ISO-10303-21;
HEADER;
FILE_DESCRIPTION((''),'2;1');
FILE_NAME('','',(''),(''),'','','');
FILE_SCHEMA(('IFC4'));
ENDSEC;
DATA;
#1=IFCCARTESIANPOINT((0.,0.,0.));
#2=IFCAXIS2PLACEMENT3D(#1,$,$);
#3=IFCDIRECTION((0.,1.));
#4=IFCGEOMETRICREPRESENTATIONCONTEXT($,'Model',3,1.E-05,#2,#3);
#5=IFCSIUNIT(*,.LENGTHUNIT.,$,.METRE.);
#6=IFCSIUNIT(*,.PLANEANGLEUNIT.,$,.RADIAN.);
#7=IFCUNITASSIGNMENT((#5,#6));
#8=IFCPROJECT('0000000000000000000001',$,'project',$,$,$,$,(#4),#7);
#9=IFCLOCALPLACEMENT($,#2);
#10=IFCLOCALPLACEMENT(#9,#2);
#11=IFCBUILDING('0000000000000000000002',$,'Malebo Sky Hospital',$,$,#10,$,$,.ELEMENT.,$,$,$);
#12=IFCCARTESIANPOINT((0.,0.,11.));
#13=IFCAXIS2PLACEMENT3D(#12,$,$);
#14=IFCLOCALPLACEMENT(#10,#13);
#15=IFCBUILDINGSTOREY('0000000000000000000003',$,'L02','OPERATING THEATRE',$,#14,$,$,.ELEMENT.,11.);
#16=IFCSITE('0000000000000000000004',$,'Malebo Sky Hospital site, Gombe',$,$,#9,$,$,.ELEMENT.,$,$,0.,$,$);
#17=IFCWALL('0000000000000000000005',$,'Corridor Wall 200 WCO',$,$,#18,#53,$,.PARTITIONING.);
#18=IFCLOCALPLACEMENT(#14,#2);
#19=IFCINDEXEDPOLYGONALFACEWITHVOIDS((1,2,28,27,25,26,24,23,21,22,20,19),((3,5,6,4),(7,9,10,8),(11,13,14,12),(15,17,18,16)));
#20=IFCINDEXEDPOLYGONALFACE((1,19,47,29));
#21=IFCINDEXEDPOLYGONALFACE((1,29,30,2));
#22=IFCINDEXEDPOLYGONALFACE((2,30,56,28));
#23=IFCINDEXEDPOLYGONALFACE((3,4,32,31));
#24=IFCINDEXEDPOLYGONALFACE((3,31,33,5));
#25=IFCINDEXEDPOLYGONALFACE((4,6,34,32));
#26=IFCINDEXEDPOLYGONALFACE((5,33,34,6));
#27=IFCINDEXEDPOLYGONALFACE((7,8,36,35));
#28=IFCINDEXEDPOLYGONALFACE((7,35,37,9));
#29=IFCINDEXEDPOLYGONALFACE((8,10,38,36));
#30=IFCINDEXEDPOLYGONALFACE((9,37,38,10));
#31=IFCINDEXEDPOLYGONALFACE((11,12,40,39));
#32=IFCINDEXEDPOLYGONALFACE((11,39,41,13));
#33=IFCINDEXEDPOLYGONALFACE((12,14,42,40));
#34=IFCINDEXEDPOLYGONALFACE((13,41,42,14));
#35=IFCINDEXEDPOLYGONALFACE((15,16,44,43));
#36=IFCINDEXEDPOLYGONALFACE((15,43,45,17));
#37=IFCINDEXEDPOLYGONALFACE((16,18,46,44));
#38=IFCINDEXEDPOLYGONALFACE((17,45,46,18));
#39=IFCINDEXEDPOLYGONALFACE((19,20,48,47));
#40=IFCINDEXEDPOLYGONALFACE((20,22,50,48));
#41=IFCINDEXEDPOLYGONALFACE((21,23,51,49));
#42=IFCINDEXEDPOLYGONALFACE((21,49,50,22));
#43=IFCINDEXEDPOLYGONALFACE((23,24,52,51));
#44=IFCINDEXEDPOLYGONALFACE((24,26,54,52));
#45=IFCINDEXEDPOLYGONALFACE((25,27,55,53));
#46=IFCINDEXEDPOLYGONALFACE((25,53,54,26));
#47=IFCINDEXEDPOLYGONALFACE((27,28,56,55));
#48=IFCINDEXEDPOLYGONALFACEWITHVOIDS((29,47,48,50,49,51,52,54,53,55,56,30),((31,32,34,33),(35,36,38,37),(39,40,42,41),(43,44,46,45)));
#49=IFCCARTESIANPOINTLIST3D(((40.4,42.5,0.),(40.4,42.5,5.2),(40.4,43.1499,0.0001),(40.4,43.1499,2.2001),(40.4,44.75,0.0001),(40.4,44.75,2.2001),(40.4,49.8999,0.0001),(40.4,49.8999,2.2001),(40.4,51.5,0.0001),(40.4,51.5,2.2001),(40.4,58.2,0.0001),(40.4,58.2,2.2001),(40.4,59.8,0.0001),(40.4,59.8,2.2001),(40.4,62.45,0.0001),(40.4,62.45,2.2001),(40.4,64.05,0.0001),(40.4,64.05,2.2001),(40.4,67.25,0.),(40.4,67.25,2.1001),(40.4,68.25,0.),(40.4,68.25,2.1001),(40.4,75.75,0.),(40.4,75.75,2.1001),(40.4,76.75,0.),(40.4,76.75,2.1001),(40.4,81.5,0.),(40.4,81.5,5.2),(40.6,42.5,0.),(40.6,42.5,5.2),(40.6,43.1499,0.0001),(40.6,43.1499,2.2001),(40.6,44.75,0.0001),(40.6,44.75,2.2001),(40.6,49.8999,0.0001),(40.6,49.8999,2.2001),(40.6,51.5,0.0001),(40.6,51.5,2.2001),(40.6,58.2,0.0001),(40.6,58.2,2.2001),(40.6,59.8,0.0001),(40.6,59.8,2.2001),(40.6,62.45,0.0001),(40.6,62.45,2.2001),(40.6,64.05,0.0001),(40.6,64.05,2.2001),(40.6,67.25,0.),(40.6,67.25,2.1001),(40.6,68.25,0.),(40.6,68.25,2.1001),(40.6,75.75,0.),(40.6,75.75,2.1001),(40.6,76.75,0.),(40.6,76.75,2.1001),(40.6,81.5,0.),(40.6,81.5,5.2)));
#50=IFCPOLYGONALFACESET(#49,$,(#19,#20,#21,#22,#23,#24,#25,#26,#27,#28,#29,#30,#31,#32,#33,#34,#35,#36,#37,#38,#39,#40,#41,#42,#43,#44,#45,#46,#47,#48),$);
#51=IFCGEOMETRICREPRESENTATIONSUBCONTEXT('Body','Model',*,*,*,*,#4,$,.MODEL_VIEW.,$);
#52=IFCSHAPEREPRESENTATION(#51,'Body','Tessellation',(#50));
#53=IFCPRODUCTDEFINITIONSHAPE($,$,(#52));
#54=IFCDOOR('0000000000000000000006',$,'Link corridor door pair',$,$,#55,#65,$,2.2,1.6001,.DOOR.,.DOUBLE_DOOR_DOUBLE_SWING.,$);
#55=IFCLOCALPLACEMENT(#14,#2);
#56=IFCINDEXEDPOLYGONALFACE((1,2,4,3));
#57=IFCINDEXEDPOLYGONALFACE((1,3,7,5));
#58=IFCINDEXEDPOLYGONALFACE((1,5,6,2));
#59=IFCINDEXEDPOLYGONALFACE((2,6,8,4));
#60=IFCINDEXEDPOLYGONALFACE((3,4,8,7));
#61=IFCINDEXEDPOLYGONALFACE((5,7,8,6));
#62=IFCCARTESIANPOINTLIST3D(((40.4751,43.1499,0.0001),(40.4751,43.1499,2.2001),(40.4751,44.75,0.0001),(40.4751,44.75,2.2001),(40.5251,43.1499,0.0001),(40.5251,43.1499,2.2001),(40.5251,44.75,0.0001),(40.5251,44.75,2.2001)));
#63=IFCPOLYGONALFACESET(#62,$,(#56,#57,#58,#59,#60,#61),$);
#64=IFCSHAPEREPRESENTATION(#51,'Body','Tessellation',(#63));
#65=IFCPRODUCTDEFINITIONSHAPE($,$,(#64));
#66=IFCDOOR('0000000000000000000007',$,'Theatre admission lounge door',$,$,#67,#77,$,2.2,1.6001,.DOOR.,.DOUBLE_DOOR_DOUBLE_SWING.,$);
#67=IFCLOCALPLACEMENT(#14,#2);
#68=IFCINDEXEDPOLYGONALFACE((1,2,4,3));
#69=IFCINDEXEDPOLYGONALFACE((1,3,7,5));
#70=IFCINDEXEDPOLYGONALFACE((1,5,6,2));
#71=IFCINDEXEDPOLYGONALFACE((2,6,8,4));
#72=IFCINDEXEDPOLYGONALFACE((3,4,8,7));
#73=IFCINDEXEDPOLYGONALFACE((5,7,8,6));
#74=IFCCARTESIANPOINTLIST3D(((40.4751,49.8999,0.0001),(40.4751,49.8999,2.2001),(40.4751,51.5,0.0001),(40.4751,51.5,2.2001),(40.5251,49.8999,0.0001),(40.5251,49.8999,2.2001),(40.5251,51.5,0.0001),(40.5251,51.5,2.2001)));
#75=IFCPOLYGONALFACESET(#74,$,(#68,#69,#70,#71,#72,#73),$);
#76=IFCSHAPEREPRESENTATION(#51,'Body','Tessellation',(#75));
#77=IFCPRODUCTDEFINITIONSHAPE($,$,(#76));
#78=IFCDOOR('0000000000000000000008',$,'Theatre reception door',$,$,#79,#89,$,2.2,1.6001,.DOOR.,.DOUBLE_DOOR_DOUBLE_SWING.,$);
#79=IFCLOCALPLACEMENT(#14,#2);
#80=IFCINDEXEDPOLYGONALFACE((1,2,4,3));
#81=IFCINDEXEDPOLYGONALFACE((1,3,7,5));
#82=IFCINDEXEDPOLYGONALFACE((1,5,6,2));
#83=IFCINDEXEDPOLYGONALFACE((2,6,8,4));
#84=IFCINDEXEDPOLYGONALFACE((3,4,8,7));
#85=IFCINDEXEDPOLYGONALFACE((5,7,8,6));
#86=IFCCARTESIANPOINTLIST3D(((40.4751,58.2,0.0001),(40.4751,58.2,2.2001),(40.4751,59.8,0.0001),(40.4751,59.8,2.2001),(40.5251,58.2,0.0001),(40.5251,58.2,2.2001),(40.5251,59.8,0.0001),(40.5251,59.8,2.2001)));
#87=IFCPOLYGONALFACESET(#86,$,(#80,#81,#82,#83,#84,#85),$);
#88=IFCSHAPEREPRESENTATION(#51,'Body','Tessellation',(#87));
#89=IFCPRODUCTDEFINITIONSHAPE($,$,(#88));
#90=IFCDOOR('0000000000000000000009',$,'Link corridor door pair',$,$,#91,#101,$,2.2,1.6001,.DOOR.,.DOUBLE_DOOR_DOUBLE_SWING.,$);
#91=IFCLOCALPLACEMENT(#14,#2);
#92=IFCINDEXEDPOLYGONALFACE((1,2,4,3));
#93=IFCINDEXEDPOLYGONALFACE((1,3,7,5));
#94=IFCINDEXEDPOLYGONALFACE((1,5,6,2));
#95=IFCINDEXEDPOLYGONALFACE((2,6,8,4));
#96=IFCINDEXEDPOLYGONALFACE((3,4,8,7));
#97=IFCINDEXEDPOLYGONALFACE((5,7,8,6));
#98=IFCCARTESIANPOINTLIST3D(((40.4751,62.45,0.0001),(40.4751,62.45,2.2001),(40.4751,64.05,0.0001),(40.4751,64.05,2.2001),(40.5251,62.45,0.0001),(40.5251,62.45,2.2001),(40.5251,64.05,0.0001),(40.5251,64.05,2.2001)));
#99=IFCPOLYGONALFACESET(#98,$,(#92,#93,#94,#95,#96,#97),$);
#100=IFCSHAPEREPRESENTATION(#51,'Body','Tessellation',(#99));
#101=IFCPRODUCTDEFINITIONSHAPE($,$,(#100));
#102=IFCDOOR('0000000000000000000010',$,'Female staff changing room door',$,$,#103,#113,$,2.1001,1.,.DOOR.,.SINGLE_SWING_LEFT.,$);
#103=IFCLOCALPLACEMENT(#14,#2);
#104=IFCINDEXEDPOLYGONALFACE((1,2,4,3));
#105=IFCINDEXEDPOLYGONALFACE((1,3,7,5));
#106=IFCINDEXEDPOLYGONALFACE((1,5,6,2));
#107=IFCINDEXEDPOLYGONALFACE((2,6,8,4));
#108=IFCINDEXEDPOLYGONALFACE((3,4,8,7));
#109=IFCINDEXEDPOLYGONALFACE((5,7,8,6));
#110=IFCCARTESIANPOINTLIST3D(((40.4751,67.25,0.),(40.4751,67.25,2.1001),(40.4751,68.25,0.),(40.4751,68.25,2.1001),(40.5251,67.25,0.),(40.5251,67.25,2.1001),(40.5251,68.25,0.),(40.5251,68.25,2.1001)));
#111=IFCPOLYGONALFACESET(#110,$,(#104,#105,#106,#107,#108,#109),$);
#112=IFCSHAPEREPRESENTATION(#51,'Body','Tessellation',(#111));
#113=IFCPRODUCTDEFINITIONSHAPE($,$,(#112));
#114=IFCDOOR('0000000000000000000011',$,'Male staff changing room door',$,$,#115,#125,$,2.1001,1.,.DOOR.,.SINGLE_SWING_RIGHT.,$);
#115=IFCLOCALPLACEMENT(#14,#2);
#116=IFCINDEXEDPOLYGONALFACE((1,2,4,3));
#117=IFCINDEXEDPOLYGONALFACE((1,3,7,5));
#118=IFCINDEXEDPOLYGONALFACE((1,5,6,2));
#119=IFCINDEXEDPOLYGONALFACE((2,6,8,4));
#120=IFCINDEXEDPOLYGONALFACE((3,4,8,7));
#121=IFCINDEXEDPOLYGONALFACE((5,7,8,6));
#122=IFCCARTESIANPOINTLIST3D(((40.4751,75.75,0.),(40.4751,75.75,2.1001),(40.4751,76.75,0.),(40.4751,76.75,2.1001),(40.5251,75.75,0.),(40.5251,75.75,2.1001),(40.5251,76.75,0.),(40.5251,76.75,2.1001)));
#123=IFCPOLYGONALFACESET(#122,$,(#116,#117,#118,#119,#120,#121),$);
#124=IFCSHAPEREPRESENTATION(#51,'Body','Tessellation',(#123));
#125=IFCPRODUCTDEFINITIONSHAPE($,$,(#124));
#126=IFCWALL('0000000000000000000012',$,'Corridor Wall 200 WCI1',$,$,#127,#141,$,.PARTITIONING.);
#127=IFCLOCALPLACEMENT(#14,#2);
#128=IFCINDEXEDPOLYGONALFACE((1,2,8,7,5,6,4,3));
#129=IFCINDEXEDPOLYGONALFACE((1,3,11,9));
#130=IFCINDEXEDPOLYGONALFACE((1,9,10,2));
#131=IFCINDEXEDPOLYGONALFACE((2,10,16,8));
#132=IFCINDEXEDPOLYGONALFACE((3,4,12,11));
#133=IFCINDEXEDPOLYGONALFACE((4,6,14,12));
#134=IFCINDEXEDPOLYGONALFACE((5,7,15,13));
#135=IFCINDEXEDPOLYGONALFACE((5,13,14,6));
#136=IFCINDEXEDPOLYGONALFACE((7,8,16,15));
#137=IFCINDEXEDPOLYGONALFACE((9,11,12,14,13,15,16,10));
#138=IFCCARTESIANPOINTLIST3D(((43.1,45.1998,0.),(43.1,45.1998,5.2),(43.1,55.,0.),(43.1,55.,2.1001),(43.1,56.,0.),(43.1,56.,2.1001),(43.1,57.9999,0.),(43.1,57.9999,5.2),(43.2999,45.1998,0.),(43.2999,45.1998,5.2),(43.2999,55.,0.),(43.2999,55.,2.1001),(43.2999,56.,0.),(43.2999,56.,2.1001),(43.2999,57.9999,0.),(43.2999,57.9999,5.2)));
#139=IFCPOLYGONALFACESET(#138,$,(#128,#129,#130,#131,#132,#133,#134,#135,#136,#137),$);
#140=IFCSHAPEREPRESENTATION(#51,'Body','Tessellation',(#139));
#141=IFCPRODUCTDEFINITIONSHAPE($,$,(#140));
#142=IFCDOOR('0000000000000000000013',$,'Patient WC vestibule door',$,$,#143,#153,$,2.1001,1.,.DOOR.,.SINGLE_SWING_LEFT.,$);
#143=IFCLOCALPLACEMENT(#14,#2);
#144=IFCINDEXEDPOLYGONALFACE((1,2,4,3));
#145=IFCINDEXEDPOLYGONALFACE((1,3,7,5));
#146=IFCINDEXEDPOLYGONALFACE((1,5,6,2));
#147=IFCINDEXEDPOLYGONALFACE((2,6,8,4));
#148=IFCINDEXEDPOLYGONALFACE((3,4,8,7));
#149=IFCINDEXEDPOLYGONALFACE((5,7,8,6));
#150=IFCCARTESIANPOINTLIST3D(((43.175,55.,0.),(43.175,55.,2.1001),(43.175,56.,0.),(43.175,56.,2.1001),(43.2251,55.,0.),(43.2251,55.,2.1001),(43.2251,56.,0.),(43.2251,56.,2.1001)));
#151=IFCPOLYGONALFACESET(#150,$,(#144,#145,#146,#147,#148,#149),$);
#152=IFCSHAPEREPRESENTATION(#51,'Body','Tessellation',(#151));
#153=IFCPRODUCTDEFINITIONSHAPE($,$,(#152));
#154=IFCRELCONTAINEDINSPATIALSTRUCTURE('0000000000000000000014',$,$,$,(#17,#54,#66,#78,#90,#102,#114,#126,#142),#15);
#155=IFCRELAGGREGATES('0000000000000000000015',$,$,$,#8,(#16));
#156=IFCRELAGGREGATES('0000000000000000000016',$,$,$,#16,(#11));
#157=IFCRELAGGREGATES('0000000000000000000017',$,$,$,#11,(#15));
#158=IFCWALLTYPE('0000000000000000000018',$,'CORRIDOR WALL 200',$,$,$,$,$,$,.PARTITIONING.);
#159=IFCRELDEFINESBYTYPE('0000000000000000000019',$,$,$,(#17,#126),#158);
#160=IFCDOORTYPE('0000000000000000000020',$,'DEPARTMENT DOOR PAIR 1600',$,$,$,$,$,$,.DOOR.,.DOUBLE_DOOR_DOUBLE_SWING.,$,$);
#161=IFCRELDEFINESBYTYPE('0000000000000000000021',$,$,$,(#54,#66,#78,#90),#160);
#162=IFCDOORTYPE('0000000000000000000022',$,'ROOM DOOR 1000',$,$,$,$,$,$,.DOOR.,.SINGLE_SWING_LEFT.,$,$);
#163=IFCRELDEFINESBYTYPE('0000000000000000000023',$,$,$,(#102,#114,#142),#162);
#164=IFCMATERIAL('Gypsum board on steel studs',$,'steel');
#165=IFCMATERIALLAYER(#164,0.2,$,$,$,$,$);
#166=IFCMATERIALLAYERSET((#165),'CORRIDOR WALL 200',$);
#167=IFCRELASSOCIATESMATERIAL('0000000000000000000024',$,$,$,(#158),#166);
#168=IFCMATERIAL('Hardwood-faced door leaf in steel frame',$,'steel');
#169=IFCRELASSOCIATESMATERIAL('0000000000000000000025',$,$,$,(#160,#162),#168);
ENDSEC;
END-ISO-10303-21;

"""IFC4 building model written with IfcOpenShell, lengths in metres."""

from ifc_helpers import new_model, si_unit, direction, frame, frame_2d, origin, place, context, subcontext, project, spatial, rectangle, extrude, material, layer, layer_set, type_object, element, fill, save


model = new_model("IFC4")

# Units and contexts
model_context = context("Model", 3, precision=1e-05, world=origin(), true_north=direction((0.0, 1.0)))
body_context = subcontext(model_context, "Body", "Model", "MODEL_VIEW")
ifc_project = project(units=[si_unit("LENGTHUNIT", "METRE"), si_unit("PLANEANGLEUNIT", "RADIAN")], contexts=[model_context])

# Site, building, storey
site_placement = place(None, origin())
site = spatial("IfcSite", under=ifc_project, at=site_placement, Name="Malebo Sky Hospital site, Gombe", CompositionType="ELEMENT", RefElevation=0.0)
building_placement = place(site_placement, origin())
building = spatial("IfcBuilding", under=site, at=building_placement, Name="Malebo Sky Hospital", CompositionType="ELEMENT")
storey_placement = place(building_placement, frame((0.0, 0.0, 11.0)))
storey = spatial("IfcBuildingStorey", under=building, at=storey_placement, Name="L02", Description="OPERATING THEATRE", CompositionType="ELEMENT", Elevation=11.0)

# Wall, openings, doors
ifc_material_1 = material(Name="Gypsum board on steel studs", Category="steel")
ifc_layer_1 = layer(ifc_material_1, 0.2)
ifc_layer_set_1 = layer_set([ifc_layer_1], Name="CORRIDOR WALL 200")
wall_type_1 = type_object("IfcWallType", Name="CORRIDOR WALL 200", PredefinedType="PARTITIONING", material=ifc_layer_set_1)
wall_1_placement = place(storey_placement, frame((40.5, 42.5, 0.0), z_axis=(0.0, 0.0, 1.0), x_axis=(0.0, 1.0, 0.0)))
wall_1 = element("IfcWall", 1, at=wall_1_placement, inside=storey, type_object=wall_type_1, Name="Corridor Wall 200 WCO", PredefinedType="PARTITIONING", context=body_context, shape_type="SweptSolid", body=[
    extrude(rectangle(XDim=39.0, YDim=0.2, at=frame_2d((19.5, 0.0))), origin(), (0.0, 0.0, 1.0), 5.2),
])
opening_1_placement = place(wall_1_placement, frame((0.6499, 0.0, 0.0)))
opening_1 = element("IfcOpeningElement", 2, at=opening_1_placement, cuts=wall_1, PredefinedType="OPENING", context=body_context, shape_type="SweptSolid", body=[
    extrude(rectangle(XDim=1.6001, YDim=2.2, at=frame_2d((0.8, 1.1001))), frame((0.0, 0.1099, 0.0), z_axis=(0.0, -1.0, 0.0), x_axis=(1.0, 0.0, 0.0)), (0.0, 0.0, 1.0), 0.22),
])
opening_2_placement = place(wall_1_placement, frame((7.3999, 0.0, 0.0)))
opening_2 = element("IfcOpeningElement", 3, at=opening_2_placement, cuts=wall_1, PredefinedType="OPENING", context=body_context, shape_type="SweptSolid", body=[
    extrude(rectangle(XDim=1.6001, YDim=2.2, at=frame_2d((0.8, 1.1001))), frame((0.0, 0.1099, 0.0), z_axis=(0.0, -1.0, 0.0), x_axis=(1.0, 0.0, 0.0)), (0.0, 0.0, 1.0), 0.22),
])
opening_3_placement = place(wall_1_placement, frame((15.7, 0.0, 0.0)))
opening_3 = element("IfcOpeningElement", 4, at=opening_3_placement, cuts=wall_1, PredefinedType="OPENING", context=body_context, shape_type="SweptSolid", body=[
    extrude(rectangle(XDim=1.6001, YDim=2.2, at=frame_2d((0.8, 1.1001))), frame((0.0, 0.1099, 0.0), z_axis=(0.0, -1.0, 0.0), x_axis=(1.0, 0.0, 0.0)), (0.0, 0.0, 1.0), 0.22),
])
opening_4_placement = place(wall_1_placement, frame((19.95, 0.0, 0.0)))
opening_4 = element("IfcOpeningElement", 5, at=opening_4_placement, cuts=wall_1, PredefinedType="OPENING", context=body_context, shape_type="SweptSolid", body=[
    extrude(rectangle(XDim=1.6001, YDim=2.2, at=frame_2d((0.8, 1.1001))), frame((0.0, 0.1099, 0.0), z_axis=(0.0, -1.0, 0.0), x_axis=(1.0, 0.0, 0.0)), (0.0, 0.0, 1.0), 0.22),
])
opening_5_placement = place(wall_1_placement, frame((24.75, 0.0, 0.0)))
opening_5 = element("IfcOpeningElement", 6, at=opening_5_placement, cuts=wall_1, PredefinedType="OPENING", context=body_context, shape_type="SweptSolid", body=[
    extrude(rectangle(XDim=1.0, YDim=2.1001, at=frame_2d((0.5, 1.05))), frame((0.0, 0.1099, 0.0), z_axis=(0.0, -1.0, 0.0), x_axis=(1.0, 0.0, 0.0)), (0.0, 0.0, 1.0), 0.22),
])
opening_6_placement = place(wall_1_placement, frame((33.25, 0.0, 0.0)))
opening_6 = element("IfcOpeningElement", 7, at=opening_6_placement, cuts=wall_1, PredefinedType="OPENING", context=body_context, shape_type="SweptSolid", body=[
    extrude(rectangle(XDim=1.0, YDim=2.1001, at=frame_2d((0.5, 1.05))), frame((0.0, 0.1099, 0.0), z_axis=(0.0, -1.0, 0.0), x_axis=(1.0, 0.0, 0.0)), (0.0, 0.0, 1.0), 0.22),
])
ifc_material_2 = material(Name="Hardwood-faced door leaf in steel frame", Category="steel")
door_type_1 = type_object("IfcDoorType", Name="DEPARTMENT DOOR PAIR 1600", OperationType="DOUBLE_DOOR_DOUBLE_SWING", PredefinedType="DOOR", material=ifc_material_2)
door_1_placement = place(opening_1_placement, origin())
door_1 = element("IfcDoor", 8, at=door_1_placement, inside=storey, type_object=door_type_1, Name="Link corridor door pair", OperationType="DOUBLE_DOOR_DOUBLE_SWING", OverallHeight=2.2, OverallWidth=1.6001, PredefinedType="DOOR", context=body_context, shape_type="SweptSolid", body=[
    extrude(rectangle(XDim=1.6001, YDim=2.2, at=frame_2d((0.8, 1.1001))), frame((0.0, 0.0249, 0.0), z_axis=(0.0, -1.0, 0.0), x_axis=(1.0, 0.0, 0.0)), (0.0, 0.0, 1.0), 0.05),
])
fill(opening_1, door_1)
door_2_placement = place(opening_2_placement, origin())
door_2 = element("IfcDoor", 9, at=door_2_placement, inside=storey, type_object=door_type_1, Name="Theatre admission lounge door", OperationType="DOUBLE_DOOR_DOUBLE_SWING", OverallHeight=2.2, OverallWidth=1.6001, PredefinedType="DOOR", context=body_context, shape_type="SweptSolid", body=[
    extrude(rectangle(XDim=1.6001, YDim=2.2, at=frame_2d((0.8, 1.1001))), frame((0.0, 0.0249, 0.0), z_axis=(0.0, -1.0, 0.0), x_axis=(1.0, 0.0, 0.0)), (0.0, 0.0, 1.0), 0.05),
])
fill(opening_2, door_2)
door_3_placement = place(opening_3_placement, origin())
door_3 = element("IfcDoor", 10, at=door_3_placement, inside=storey, type_object=door_type_1, Name="Theatre reception door", OperationType="DOUBLE_DOOR_DOUBLE_SWING", OverallHeight=2.2, OverallWidth=1.6001, PredefinedType="DOOR", context=body_context, shape_type="SweptSolid", body=[
    extrude(rectangle(XDim=1.6001, YDim=2.2, at=frame_2d((0.8, 1.1001))), frame((0.0, 0.0249, 0.0), z_axis=(0.0, -1.0, 0.0), x_axis=(1.0, 0.0, 0.0)), (0.0, 0.0, 1.0), 0.05),
])
fill(opening_3, door_3)
door_4_placement = place(opening_4_placement, origin())
door_4 = element("IfcDoor", 11, at=door_4_placement, inside=storey, type_object=door_type_1, Name="Link corridor door pair", OperationType="DOUBLE_DOOR_DOUBLE_SWING", OverallHeight=2.2, OverallWidth=1.6001, PredefinedType="DOOR", context=body_context, shape_type="SweptSolid", body=[
    extrude(rectangle(XDim=1.6001, YDim=2.2, at=frame_2d((0.8, 1.1001))), frame((0.0, 0.0249, 0.0), z_axis=(0.0, -1.0, 0.0), x_axis=(1.0, 0.0, 0.0)), (0.0, 0.0, 1.0), 0.05),
])
fill(opening_4, door_4)
door_type_2 = type_object("IfcDoorType", Name="ROOM DOOR 1000", OperationType="SINGLE_SWING_LEFT", PredefinedType="DOOR", material=ifc_material_2)
door_5_placement = place(opening_5_placement, origin())
door_5 = element("IfcDoor", 12, at=door_5_placement, inside=storey, type_object=door_type_2, Name="Female staff changing room door", OperationType="SINGLE_SWING_LEFT", OverallHeight=2.1001, OverallWidth=1.0, PredefinedType="DOOR", context=body_context, shape_type="SweptSolid", body=[
    extrude(rectangle(XDim=1.0, YDim=2.1001, at=frame_2d((0.5, 1.05))), frame((0.0, 0.0249, 0.0), z_axis=(0.0, -1.0, 0.0), x_axis=(1.0, 0.0, 0.0)), (0.0, 0.0, 1.0), 0.05),
])
fill(opening_5, door_5)
door_6_placement = place(opening_6_placement, origin())
door_6 = element("IfcDoor", 13, at=door_6_placement, inside=storey, type_object=door_type_2, Name="Male staff changing room door", OperationType="SINGLE_SWING_RIGHT", OverallHeight=2.1001, OverallWidth=1.0, PredefinedType="DOOR", context=body_context, shape_type="SweptSolid", body=[
    extrude(rectangle(XDim=1.0, YDim=2.1001, at=frame_2d((0.5, 1.05))), frame((0.0, 0.0249, 0.0), z_axis=(0.0, -1.0, 0.0), x_axis=(1.0, 0.0, 0.0)), (0.0, 0.0, 1.0), 0.05),
])
fill(opening_6, door_6)

# Wall, opening, door
wall_2_placement = place(storey_placement, frame((43.2, 45.2, 0.0), z_axis=(0.0, 0.0, 1.0), x_axis=(0.0, 1.0, 0.0)))
wall_2 = element("IfcWall", 14, at=wall_2_placement, inside=storey, type_object=wall_type_1, Name="Corridor Wall 200 WCI1", PredefinedType="PARTITIONING", context=body_context, shape_type="SweptSolid", body=[
    extrude(rectangle(XDim=12.8, YDim=0.2, at=frame_2d((6.3999, 0.0))), origin(), (0.0, 0.0, 1.0), 5.2),
])
opening_7_placement = place(wall_2_placement, frame((9.8, 0.0, 0.0)))
opening_7 = element("IfcOpeningElement", 15, at=opening_7_placement, cuts=wall_2, PredefinedType="OPENING", context=body_context, shape_type="SweptSolid", body=[
    extrude(rectangle(XDim=1.0, YDim=2.1001, at=frame_2d((0.5, 1.05))), frame((0.0, 0.1099, 0.0), z_axis=(0.0, -1.0, 0.0), x_axis=(1.0, 0.0, 0.0)), (0.0, 0.0, 1.0), 0.22),
])
door_7_placement = place(opening_7_placement, origin())
door_7 = element("IfcDoor", 16, at=door_7_placement, inside=storey, type_object=door_type_2, Name="Patient WC vestibule door", OperationType="SINGLE_SWING_LEFT", OverallHeight=2.1001, OverallWidth=1.0, PredefinedType="DOOR", context=body_context, shape_type="SweptSolid", body=[
    extrude(rectangle(XDim=1.0, YDim=2.1001, at=frame_2d((0.5, 1.05))), frame((0.0, 0.0249, 0.0), z_axis=(0.0, -1.0, 0.0), x_axis=(1.0, 0.0, 0.0)), (0.0, 0.0, 1.0), 0.05),
])
fill(opening_7, door_7)

save(model, "model.ifc")
